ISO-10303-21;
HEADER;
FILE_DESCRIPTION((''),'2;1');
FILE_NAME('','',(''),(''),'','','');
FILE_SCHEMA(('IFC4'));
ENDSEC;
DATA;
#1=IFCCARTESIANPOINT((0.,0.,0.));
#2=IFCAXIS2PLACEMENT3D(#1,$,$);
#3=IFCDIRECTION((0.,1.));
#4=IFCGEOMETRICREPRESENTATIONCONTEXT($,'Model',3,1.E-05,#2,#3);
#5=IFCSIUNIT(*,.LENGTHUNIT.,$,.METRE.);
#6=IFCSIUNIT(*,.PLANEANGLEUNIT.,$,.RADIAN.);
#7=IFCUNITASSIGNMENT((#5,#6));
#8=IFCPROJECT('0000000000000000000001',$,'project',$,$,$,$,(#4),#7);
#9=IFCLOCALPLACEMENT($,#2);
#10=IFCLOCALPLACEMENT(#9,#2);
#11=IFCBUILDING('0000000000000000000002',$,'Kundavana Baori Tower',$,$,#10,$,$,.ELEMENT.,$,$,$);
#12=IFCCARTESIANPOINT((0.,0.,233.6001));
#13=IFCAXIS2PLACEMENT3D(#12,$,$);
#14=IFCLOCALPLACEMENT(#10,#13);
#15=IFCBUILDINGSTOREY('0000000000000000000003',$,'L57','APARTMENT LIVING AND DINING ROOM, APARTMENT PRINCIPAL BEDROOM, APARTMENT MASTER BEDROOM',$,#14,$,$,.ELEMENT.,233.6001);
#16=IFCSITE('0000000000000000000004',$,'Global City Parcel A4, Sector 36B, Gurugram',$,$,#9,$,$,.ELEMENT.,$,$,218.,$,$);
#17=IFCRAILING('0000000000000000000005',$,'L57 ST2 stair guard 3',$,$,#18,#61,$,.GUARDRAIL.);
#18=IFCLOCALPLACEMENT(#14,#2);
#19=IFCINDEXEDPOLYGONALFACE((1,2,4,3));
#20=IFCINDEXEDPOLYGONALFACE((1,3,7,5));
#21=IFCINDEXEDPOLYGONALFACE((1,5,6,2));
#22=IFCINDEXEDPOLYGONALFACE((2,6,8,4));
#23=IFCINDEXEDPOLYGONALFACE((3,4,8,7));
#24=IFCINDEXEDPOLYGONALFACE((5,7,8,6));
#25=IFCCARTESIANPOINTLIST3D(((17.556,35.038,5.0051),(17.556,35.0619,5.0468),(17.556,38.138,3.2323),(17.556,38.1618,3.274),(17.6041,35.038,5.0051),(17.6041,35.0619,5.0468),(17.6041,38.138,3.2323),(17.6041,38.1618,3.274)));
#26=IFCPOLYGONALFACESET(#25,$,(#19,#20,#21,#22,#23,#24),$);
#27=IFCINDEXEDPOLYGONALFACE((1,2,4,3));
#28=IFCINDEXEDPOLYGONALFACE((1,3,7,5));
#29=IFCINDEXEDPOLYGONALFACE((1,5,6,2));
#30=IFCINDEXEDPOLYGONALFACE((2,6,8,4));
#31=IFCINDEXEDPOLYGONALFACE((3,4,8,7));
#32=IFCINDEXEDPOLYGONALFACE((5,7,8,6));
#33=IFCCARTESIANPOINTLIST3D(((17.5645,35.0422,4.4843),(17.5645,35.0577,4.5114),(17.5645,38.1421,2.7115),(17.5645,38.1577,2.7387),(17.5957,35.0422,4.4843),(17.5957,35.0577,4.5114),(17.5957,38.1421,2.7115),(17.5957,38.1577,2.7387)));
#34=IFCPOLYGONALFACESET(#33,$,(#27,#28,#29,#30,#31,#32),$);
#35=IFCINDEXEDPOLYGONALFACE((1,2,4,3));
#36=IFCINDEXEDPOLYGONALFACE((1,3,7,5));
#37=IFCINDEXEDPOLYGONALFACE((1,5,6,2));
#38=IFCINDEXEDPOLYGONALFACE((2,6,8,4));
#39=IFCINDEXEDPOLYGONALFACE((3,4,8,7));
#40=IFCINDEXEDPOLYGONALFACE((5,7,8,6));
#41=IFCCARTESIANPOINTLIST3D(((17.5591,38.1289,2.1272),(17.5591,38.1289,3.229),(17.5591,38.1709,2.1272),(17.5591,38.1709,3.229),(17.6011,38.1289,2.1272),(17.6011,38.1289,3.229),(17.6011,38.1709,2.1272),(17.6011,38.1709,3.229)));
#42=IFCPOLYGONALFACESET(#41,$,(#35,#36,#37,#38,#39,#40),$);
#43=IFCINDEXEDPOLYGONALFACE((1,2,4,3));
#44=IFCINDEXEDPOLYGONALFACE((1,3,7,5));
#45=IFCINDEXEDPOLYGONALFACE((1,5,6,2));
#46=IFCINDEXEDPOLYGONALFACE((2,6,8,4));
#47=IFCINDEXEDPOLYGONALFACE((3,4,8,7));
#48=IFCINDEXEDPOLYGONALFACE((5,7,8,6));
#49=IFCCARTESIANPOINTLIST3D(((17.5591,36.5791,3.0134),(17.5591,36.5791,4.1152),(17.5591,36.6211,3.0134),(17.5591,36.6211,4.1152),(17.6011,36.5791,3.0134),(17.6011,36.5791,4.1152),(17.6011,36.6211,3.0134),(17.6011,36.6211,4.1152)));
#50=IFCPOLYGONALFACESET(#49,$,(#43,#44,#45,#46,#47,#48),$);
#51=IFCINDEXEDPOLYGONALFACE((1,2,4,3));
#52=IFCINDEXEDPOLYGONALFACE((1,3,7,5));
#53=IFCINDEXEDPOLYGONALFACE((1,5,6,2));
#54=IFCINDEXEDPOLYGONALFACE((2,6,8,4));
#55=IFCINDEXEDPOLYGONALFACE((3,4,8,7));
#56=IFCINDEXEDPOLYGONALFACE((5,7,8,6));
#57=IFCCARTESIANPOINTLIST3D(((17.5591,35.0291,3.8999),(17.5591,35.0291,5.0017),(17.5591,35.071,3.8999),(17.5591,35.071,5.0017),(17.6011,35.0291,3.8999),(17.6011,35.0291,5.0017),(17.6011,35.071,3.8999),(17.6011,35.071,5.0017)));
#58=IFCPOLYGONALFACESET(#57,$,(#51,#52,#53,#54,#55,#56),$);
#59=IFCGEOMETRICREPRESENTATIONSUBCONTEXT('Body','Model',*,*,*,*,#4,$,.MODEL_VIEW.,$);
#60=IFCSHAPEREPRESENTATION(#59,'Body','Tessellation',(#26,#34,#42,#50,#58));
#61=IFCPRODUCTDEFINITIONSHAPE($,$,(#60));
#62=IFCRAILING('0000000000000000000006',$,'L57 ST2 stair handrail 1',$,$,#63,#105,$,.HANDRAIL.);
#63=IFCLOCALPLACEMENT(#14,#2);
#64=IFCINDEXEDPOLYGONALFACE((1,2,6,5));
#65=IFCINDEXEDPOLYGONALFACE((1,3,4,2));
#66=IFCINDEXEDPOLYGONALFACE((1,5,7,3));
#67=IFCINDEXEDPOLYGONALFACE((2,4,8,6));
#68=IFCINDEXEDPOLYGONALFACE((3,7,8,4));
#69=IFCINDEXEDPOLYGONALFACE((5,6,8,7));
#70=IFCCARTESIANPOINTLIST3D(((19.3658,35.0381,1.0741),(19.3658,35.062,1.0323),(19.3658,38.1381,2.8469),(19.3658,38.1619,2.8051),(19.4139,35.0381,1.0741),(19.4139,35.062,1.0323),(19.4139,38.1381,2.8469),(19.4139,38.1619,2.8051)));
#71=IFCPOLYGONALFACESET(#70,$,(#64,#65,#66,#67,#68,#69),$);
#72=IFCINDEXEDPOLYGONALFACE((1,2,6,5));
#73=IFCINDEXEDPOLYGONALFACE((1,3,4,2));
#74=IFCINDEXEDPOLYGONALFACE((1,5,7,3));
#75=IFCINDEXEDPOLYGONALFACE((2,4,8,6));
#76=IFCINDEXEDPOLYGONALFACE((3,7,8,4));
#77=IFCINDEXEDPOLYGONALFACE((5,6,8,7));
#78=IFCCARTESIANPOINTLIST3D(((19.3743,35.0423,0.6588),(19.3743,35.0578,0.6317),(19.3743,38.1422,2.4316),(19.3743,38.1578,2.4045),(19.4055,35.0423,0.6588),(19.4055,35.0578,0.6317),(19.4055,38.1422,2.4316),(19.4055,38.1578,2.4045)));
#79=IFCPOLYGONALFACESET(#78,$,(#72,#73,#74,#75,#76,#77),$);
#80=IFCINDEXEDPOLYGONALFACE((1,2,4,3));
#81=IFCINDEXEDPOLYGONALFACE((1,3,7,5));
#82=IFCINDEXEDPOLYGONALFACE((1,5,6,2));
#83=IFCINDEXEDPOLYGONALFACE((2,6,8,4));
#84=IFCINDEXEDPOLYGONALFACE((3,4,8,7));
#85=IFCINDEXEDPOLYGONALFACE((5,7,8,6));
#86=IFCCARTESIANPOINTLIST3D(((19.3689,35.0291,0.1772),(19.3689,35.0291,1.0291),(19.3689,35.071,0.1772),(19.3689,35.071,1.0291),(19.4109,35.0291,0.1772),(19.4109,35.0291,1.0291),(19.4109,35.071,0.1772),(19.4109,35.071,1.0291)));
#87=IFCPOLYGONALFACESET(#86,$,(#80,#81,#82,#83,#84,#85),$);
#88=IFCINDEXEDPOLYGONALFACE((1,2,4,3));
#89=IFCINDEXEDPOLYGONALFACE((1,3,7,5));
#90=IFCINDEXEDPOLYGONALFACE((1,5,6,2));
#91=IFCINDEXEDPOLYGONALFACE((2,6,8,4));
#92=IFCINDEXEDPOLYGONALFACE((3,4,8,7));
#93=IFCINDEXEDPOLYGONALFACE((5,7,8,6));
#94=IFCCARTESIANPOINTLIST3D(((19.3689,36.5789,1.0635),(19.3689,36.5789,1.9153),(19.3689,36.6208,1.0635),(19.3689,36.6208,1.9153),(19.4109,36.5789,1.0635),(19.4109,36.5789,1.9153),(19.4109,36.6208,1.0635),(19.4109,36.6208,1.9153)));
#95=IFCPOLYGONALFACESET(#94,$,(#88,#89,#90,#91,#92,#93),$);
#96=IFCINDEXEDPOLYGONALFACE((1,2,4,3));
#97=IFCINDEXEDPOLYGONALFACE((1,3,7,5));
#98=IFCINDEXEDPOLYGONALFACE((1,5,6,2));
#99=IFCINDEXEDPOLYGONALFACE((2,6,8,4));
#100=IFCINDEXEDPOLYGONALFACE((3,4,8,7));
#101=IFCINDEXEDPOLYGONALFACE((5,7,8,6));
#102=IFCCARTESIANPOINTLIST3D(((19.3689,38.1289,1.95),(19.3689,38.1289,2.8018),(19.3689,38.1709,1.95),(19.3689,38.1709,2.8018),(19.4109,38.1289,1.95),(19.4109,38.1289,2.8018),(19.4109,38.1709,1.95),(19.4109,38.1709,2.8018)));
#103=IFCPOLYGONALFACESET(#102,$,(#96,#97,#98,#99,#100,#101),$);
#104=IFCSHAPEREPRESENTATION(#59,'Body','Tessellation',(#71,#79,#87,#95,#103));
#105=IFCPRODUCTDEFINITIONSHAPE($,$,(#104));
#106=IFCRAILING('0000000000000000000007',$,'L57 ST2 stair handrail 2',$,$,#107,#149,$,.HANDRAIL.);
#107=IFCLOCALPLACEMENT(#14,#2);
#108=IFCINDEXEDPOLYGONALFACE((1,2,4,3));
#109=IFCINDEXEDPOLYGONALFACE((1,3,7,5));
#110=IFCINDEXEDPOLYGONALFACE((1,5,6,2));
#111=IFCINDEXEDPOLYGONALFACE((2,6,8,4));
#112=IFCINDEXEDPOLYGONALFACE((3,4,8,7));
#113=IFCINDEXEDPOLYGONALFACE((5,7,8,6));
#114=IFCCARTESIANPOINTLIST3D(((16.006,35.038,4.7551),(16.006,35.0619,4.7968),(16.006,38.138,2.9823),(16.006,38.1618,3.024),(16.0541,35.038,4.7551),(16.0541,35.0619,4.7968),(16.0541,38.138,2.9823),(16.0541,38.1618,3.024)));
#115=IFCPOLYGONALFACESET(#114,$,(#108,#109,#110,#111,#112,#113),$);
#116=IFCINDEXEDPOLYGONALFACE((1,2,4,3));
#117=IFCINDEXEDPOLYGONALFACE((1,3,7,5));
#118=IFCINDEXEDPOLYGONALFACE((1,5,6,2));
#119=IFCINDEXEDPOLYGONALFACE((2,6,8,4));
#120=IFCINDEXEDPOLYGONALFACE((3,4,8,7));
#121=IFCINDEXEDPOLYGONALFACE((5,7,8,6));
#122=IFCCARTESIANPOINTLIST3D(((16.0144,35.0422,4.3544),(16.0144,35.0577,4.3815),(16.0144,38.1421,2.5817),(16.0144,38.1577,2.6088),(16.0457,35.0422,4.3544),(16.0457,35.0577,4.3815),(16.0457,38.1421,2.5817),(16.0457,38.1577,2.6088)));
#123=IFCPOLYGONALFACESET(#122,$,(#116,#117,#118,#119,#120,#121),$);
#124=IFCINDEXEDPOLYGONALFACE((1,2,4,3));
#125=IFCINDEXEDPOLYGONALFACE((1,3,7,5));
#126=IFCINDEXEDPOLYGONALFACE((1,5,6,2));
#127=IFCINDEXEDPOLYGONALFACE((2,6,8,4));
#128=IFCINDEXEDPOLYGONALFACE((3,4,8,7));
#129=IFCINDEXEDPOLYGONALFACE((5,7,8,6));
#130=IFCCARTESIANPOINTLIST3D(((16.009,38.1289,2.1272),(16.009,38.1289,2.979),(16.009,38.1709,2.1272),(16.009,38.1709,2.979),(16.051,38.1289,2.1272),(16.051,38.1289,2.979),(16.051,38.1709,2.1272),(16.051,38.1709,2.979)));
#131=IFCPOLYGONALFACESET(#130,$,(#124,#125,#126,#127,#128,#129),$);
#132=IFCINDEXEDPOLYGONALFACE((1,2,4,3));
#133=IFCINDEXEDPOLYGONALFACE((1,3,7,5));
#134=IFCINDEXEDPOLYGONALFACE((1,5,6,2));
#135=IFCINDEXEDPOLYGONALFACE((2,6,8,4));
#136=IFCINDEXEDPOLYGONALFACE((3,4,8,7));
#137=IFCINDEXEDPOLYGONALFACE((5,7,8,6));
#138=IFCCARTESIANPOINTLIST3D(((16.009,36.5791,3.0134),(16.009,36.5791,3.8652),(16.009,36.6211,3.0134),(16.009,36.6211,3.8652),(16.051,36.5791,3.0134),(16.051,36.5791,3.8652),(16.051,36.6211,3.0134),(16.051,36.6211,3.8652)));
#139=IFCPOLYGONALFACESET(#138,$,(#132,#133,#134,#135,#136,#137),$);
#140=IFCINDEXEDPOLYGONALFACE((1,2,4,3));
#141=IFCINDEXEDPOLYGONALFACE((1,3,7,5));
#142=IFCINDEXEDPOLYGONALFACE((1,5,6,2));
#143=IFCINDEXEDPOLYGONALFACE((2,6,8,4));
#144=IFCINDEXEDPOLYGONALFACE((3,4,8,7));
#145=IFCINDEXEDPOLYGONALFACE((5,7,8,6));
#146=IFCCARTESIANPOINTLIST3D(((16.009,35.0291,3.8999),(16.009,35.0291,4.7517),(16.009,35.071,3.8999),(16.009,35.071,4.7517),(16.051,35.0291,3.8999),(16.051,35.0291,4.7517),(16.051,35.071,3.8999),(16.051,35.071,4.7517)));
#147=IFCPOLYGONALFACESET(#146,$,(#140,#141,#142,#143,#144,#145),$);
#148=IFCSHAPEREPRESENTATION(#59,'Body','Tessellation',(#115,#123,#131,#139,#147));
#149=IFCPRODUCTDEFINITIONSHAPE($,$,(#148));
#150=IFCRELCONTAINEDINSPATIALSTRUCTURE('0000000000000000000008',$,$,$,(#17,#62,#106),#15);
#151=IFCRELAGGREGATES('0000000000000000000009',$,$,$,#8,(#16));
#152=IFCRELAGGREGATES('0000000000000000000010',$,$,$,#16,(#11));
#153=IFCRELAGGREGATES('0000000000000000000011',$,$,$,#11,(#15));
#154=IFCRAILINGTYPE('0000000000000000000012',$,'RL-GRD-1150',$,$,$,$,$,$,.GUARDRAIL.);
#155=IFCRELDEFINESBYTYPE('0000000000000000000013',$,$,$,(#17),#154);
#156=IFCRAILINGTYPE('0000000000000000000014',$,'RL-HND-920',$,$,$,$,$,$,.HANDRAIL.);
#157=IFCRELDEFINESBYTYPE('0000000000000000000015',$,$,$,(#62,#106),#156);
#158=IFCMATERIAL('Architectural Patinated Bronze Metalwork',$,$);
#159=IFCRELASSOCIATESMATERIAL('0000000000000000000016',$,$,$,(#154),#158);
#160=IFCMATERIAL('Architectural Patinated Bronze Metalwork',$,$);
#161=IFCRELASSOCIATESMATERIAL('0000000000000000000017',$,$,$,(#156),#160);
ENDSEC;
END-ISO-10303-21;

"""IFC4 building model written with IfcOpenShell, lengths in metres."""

from ifc_helpers import new_model, si_unit, direction, frame, origin, origin_2d, place, context, subcontext, project, spatial, rectangle, extrude, material, type_object, element, save


model = new_model("IFC4")

# Units and contexts
model_context = context("Model", 3, precision=1e-05, world=origin(), true_north=direction((0.0, 1.0)))
body_context = subcontext(model_context, "Body", "Model", "MODEL_VIEW")
ifc_project = project(units=[si_unit("LENGTHUNIT", "METRE"), si_unit("PLANEANGLEUNIT", "RADIAN")], contexts=[model_context])

# Site, building, storey
site_placement = place(None, origin())
site = spatial("IfcSite", under=ifc_project, at=site_placement, Name="Global City Parcel A4, Sector 36B, Gurugram", CompositionType="ELEMENT", RefElevation=218.0)
building_placement = place(site_placement, origin())
building = spatial("IfcBuilding", under=site, at=building_placement, Name="Kundavana Baori Tower", CompositionType="ELEMENT")
storey_placement = place(building_placement, frame((0.0, 0.0, 233.6001)))
storey = spatial("IfcBuildingStorey", under=building, at=storey_placement, Name="L57", Description="APARTMENT LIVING AND DINING ROOM, APARTMENT PRINCIPAL BEDROOM, APARTMENT MASTER BEDROOM", CompositionType="ELEMENT", Elevation=233.6001)

# Railings
ifc_material_1 = material(Name="Architectural Patinated Bronze Metalwork")
railing_type_1 = type_object("IfcRailingType", Name="RL-GRD-1150", PredefinedType="GUARDRAIL", material=ifc_material_1)
railing_1_placement = place(storey_placement, frame((17.5801, 38.1499, 2.1272)))
element("IfcRailing", 1, at=railing_1_placement, inside=storey, type_object=railing_type_1, Name="L57 ST2 stair guard 3", PredefinedType="GUARDRAIL", context=body_context, shape_type="SweptSolid", body=[
    extrude(rectangle(XDim=0.0481, YDim=0.0481, at=origin_2d()), frame((0.0, 0.0, 1.126), z_axis=(0.0, -0.868079, 0.496426), x_axis=(1.0, 0.0, 0.0)), (0.0, 0.0, 1.0), 3.571),
    extrude(rectangle(XDim=0.0312, YDim=0.0312, at=origin_2d()), frame((0.0, 0.0, 0.5979), z_axis=(0.0, -0.868079, 0.496426), x_axis=(1.0, 0.0, 0.0)), (0.0, 0.0, 1.0), 3.571),
    extrude(rectangle(XDim=0.042, YDim=0.042, at=origin_2d()), origin(), (0.0, 0.0, 1.0), 1.1018),
    extrude(rectangle(XDim=0.042, YDim=0.042, at=origin_2d()), frame((0.0, -1.5498, 0.8862)), (0.0, 0.0, 1.0), 1.1018),
    extrude(rectangle(XDim=0.042, YDim=0.042, at=origin_2d()), frame((0.0, -3.0999, 1.7727)), (0.0, 0.0, 1.0), 1.1018),
])
ifc_material_2 = material(Name="Architectural Patinated Bronze Metalwork")
railing_type_2 = type_object("IfcRailingType", Name="RL-HND-920", PredefinedType="HANDRAIL", material=ifc_material_2)
railing_2_placement = place(storey_placement, frame((19.3899, 35.05, 0.1772)))
element("IfcRailing", 2, at=railing_2_placement, inside=storey, type_object=railing_type_2, Name="L57 ST2 stair handrail 1", PredefinedType="HANDRAIL", context=body_context, shape_type="SweptSolid", body=[
    extrude(rectangle(XDim=0.0481, YDim=0.0481, at=origin_2d()), frame((0.0, 0.0, 0.876), z_axis=(0.0, 0.868079, 0.496426), x_axis=(-1.0, 0.0, 0.0)), (0.0, 0.0, 1.0), 3.571),
    extrude(rectangle(XDim=0.0312, YDim=0.0312, at=origin_2d()), frame((0.0, 0.0, 0.468), z_axis=(0.0, 0.868079, 0.496426), x_axis=(-1.0, 0.0, 0.0)), (0.0, 0.0, 1.0), 3.571),
    extrude(rectangle(XDim=0.042, YDim=0.042, at=origin_2d()), origin(), (0.0, 0.0, 1.0), 0.8518),
    extrude(rectangle(XDim=0.042, YDim=0.042, at=origin_2d()), frame((0.0, 1.5498, 0.8862)), (0.0, 0.0, 1.0), 0.8518),
    extrude(rectangle(XDim=0.042, YDim=0.042, at=origin_2d()), frame((0.0, 3.0999, 1.7727)), (0.0, 0.0, 1.0), 0.8518),
])
railing_3_placement = place(storey_placement, frame((16.03, 38.1499, 2.1272)))
element("IfcRailing", 3, at=railing_3_placement, inside=storey, type_object=railing_type_2, Name="L57 ST2 stair handrail 2", PredefinedType="HANDRAIL", context=body_context, shape_type="SweptSolid", body=[
    extrude(rectangle(XDim=0.0481, YDim=0.0481, at=origin_2d()), frame((0.0, 0.0, 0.876), z_axis=(0.0, -0.868079, 0.496426), x_axis=(1.0, 0.0, 0.0)), (0.0, 0.0, 1.0), 3.571),
    extrude(rectangle(XDim=0.0312, YDim=0.0312, at=origin_2d()), frame((0.0, 0.0, 0.468), z_axis=(0.0, -0.868079, 0.496426), x_axis=(1.0, 0.0, 0.0)), (0.0, 0.0, 1.0), 3.571),
    extrude(rectangle(XDim=0.042, YDim=0.042, at=origin_2d()), origin(), (0.0, 0.0, 1.0), 0.8518),
    extrude(rectangle(XDim=0.042, YDim=0.042, at=origin_2d()), frame((0.0, -1.5498, 0.8862)), (0.0, 0.0, 1.0), 0.8518),
    extrude(rectangle(XDim=0.042, YDim=0.042, at=origin_2d()), frame((0.0, -3.0999, 1.7727)), (0.0, 0.0, 1.0), 0.8518),
])

save(model, "model.ifc")
